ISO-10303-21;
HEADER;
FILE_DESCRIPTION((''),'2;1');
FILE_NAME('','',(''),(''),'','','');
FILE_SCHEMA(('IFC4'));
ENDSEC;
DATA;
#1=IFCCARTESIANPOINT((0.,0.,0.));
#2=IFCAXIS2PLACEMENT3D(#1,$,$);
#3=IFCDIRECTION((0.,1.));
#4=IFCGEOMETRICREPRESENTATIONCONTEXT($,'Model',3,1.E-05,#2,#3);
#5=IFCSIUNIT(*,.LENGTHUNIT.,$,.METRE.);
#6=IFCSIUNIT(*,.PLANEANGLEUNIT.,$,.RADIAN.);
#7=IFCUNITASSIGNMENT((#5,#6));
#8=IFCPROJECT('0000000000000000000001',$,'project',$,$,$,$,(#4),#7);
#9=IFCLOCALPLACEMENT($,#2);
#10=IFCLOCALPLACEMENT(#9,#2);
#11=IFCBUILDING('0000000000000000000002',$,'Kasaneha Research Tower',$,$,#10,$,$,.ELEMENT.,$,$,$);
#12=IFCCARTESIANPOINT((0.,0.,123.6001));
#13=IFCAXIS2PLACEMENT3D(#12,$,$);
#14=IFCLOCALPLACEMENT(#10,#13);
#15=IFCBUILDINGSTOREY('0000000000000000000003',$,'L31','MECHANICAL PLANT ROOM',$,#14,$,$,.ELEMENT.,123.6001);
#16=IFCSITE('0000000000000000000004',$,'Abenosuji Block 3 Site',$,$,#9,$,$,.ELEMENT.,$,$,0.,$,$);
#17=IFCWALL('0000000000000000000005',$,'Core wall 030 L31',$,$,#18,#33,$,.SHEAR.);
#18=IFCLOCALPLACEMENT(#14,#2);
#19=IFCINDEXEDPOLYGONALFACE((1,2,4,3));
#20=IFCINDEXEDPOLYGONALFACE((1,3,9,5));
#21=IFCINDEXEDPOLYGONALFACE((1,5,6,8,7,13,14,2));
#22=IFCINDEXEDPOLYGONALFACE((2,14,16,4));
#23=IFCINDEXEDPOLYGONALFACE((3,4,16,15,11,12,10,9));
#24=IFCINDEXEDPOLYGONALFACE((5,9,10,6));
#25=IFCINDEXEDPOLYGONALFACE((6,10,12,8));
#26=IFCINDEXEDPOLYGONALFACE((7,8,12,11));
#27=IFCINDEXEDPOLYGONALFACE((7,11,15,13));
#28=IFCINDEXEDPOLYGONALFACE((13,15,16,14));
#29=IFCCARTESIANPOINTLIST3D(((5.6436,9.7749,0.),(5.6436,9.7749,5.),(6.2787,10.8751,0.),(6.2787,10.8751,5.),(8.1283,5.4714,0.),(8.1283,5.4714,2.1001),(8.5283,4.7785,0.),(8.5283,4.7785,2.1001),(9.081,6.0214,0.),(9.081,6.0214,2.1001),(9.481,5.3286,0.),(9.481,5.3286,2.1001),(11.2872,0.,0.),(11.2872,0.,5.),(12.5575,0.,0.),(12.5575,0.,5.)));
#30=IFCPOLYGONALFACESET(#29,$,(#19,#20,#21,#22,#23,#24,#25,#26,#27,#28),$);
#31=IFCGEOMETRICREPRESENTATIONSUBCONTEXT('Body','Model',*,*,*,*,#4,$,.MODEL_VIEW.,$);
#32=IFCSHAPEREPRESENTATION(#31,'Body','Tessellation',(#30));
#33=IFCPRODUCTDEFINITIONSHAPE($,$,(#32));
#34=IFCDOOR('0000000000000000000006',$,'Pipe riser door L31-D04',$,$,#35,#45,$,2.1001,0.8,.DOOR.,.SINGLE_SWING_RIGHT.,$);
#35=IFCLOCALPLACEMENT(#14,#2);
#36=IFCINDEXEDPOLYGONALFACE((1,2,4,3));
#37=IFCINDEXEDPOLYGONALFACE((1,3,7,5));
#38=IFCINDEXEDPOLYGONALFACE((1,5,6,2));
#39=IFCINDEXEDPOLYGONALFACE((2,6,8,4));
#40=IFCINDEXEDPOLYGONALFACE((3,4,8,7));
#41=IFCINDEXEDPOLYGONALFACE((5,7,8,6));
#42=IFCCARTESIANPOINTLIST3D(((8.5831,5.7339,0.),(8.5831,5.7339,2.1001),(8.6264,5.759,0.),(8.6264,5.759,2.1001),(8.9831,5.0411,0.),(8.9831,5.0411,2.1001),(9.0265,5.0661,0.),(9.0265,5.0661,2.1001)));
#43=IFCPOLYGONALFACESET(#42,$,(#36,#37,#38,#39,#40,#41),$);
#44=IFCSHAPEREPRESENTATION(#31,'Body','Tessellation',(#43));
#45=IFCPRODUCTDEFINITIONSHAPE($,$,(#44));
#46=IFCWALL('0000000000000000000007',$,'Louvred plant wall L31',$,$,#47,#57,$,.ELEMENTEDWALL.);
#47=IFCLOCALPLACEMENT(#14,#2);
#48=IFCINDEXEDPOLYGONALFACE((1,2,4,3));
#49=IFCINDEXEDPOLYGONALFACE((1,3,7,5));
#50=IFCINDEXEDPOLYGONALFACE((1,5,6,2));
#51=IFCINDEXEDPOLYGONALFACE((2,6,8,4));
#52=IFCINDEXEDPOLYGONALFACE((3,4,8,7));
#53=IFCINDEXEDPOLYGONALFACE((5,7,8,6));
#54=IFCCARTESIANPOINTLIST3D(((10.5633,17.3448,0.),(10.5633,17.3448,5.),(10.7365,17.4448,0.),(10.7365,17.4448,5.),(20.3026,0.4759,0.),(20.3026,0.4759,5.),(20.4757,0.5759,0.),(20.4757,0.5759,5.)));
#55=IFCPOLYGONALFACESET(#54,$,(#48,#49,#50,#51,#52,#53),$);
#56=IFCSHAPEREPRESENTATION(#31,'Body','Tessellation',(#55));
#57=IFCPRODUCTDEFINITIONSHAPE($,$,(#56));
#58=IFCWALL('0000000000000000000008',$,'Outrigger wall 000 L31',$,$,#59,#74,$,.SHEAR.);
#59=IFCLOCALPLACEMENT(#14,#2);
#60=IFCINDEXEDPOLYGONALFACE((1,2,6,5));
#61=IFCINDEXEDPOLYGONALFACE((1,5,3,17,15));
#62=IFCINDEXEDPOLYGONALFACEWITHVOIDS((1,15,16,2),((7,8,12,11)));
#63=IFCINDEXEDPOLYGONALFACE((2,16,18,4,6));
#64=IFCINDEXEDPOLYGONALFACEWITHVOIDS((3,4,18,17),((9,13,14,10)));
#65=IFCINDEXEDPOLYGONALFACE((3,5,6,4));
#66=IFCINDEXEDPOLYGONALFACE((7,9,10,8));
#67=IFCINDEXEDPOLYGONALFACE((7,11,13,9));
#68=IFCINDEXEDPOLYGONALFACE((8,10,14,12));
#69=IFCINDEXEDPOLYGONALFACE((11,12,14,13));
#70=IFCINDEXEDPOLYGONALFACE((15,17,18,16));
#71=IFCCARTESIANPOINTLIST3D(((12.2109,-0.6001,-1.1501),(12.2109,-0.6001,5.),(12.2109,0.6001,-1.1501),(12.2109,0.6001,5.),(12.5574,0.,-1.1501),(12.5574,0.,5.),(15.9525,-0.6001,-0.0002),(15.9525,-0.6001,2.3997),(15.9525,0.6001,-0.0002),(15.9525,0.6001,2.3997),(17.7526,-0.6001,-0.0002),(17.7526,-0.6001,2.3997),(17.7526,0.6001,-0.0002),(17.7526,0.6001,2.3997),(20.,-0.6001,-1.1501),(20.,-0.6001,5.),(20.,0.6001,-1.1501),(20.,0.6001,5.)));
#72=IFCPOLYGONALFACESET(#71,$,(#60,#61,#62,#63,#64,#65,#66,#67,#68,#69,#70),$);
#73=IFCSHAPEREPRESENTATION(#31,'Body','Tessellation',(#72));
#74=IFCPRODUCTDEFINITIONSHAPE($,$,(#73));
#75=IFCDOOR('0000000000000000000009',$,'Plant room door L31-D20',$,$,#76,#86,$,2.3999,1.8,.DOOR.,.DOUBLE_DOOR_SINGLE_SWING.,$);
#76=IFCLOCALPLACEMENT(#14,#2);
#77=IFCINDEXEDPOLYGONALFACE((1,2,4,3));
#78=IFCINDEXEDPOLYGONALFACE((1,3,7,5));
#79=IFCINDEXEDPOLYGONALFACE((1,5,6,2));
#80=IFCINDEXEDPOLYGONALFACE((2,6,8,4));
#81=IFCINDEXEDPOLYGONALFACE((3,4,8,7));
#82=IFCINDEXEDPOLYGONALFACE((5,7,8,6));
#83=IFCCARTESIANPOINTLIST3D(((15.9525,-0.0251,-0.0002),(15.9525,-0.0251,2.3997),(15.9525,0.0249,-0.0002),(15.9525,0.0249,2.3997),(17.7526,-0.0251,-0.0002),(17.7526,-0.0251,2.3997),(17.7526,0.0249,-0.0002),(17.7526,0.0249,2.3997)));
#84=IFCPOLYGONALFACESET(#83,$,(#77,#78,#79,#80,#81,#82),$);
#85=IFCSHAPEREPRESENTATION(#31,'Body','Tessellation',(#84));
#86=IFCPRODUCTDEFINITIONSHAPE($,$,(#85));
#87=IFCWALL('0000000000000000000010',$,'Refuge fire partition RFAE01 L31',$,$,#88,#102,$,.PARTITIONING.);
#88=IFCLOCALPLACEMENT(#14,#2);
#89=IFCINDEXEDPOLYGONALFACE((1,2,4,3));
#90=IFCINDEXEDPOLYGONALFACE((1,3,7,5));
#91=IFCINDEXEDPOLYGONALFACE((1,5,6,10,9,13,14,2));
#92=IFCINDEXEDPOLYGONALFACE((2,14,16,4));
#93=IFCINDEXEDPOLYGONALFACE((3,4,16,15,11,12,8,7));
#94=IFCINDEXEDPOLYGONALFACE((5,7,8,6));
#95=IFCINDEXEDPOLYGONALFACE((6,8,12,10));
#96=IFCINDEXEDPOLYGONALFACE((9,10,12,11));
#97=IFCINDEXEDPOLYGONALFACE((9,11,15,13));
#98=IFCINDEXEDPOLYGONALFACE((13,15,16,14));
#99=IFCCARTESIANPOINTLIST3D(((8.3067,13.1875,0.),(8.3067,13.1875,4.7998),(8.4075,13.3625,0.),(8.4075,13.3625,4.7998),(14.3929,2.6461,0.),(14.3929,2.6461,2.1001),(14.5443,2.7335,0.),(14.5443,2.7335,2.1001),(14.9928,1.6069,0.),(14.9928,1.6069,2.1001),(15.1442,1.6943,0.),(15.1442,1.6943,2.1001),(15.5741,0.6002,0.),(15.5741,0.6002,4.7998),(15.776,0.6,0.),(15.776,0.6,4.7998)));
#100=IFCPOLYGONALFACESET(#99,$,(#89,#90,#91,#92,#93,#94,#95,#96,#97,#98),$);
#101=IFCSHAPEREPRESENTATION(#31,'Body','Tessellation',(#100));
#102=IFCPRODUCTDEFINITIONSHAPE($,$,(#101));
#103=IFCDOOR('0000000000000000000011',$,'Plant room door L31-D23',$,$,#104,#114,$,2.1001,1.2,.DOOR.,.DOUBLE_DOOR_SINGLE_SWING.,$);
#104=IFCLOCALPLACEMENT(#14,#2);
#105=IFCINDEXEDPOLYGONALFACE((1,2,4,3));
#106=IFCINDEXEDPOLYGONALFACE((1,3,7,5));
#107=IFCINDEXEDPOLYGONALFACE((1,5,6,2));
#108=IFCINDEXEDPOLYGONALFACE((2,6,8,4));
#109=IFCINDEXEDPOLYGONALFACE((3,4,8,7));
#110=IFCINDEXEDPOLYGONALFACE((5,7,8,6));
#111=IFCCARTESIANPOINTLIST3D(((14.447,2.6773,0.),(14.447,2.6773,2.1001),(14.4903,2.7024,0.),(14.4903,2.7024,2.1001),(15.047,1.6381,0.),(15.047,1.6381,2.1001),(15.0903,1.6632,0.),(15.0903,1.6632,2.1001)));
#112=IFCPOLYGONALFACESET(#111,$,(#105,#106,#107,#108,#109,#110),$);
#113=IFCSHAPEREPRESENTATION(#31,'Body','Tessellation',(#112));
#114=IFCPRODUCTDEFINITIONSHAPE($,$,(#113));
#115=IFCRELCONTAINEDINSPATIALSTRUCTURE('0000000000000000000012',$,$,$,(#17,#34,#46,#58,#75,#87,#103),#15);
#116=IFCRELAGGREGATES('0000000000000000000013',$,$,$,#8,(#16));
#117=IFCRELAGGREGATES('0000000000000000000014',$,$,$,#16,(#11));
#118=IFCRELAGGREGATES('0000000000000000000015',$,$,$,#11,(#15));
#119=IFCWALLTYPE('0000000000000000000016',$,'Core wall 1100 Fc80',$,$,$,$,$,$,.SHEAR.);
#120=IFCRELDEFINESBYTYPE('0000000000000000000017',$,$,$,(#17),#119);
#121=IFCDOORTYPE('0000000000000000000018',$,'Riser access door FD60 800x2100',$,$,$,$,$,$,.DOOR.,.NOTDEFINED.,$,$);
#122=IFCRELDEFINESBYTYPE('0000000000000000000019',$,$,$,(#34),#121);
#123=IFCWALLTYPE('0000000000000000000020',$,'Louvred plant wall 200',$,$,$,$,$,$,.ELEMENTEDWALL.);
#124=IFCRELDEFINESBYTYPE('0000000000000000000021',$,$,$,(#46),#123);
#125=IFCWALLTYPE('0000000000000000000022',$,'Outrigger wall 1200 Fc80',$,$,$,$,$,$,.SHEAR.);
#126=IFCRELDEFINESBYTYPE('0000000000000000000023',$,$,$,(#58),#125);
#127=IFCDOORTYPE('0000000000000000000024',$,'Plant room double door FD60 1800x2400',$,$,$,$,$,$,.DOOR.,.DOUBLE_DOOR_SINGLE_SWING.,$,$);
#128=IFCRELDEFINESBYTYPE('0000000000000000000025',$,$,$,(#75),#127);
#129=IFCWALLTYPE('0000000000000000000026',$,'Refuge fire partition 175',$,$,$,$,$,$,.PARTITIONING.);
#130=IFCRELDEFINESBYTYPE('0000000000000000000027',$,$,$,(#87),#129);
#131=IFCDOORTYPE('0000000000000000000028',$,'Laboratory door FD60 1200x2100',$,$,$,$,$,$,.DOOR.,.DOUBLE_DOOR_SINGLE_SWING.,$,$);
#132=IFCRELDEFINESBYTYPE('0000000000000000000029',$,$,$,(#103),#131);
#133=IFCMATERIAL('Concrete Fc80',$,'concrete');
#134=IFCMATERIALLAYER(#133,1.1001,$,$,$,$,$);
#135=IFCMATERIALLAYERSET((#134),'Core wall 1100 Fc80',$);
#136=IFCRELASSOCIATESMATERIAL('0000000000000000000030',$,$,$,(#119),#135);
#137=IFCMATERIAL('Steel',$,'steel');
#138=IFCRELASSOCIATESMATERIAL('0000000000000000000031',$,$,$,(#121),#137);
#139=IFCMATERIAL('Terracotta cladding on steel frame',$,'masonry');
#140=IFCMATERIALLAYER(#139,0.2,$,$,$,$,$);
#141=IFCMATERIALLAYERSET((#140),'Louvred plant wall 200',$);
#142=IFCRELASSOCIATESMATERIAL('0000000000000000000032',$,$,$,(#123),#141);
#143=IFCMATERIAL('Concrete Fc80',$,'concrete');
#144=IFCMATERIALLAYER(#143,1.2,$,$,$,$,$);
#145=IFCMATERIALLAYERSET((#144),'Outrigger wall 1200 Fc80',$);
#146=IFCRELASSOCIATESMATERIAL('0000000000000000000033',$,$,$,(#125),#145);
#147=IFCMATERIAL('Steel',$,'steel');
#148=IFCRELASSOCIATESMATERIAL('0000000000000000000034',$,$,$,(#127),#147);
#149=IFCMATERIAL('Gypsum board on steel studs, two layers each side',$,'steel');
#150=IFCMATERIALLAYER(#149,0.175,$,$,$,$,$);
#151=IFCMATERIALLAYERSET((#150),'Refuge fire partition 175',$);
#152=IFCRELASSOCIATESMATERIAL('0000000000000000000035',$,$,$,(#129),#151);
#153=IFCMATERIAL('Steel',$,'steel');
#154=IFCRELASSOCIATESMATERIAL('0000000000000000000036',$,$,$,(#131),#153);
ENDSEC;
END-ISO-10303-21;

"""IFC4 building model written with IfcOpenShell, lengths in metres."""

from ifc_helpers import new_model, si_unit, direction, frame, frame_2d, origin, place, context, subcontext, project, spatial, polyline, rectangle, outline, extrude, material, layer, layer_set, type_object, element, fill, save


model = new_model("IFC4")

# Units and contexts
model_context = context("Model", 3, precision=1e-05, world=origin(), true_north=direction((0.0, 1.0)))
body_context = subcontext(model_context, "Body", "Model", "MODEL_VIEW")
ifc_project = project(units=[si_unit("LENGTHUNIT", "METRE"), si_unit("PLANEANGLEUNIT", "RADIAN")], contexts=[model_context])

# Site, building, storey
site_placement = place(None, origin())
site = spatial("IfcSite", under=ifc_project, at=site_placement, Name="Abenosuji Block 3 Site", CompositionType="ELEMENT", RefElevation=0.0)
building_placement = place(site_placement, origin())
building = spatial("IfcBuilding", under=site, at=building_placement, Name="Kasaneha Research Tower", CompositionType="ELEMENT")
storey_placement = place(building_placement, frame((0.0, 0.0, 123.6001)))
storey = spatial("IfcBuildingStorey", under=building, at=storey_placement, Name="L31", Description="MECHANICAL PLANT ROOM", CompositionType="ELEMENT", Elevation=123.6001)

# Wall, opening, door
ifc_material_1 = material(Name="Concrete Fc80", Category="concrete")
ifc_layer_1 = layer(ifc_material_1, 1.1001)
ifc_layer_set_1 = layer_set([ifc_layer_1], Name="Core wall 1100 Fc80")
wall_type_1 = type_object("IfcWallType", Name="Core wall 1100 Fc80", PredefinedType="SHEAR", material=ifc_layer_set_1)
wall_1_placement = place(storey_placement, frame((11.9224, 0.0, 0.0), z_axis=(0.0, 0.0, 1.0), x_axis=(-0.500004, 0.866023, 0.0)))
wall_1 = element("IfcWall", 1, at=wall_1_placement, inside=storey, type_object=wall_type_1, Name="Core wall 030 L31", PredefinedType="SHEAR", context=body_context, shape_type="SweptSolid", body=[
    extrude(outline(polyline([(-0.3176, -0.55), (5.8354, -0.55), (6.6355, -0.55), (12.24, -0.55), (11.6047, 0.55), (6.6355, 0.55), (5.8354, 0.55), (0.3176, 0.55), (-0.3176, -0.55)])), origin(), (0.0, 0.0, 1.0), 5.0),
])
opening_1_placement = place(wall_1_placement, frame((5.8354, 0.0, 0.0)))
opening_1 = element("IfcOpeningElement", 2, at=opening_1_placement, cuts=wall_1, PredefinedType="OPENING", context=body_context, shape_type="SweptSolid", body=[
    extrude(rectangle(XDim=0.8, YDim=2.1001, at=frame_2d((0.3999, 1.05))), frame((0.0, 0.5601, 0.0), z_axis=(0.0, -1.0, 0.0), x_axis=(1.0, 0.0, 0.0)), (0.0, 0.0, 1.0), 1.1201),
])
ifc_material_2 = material(Name="Steel", Category="steel")
door_type_1 = type_object("IfcDoorType", Name="Riser access door FD60 800x2100", OperationType="NOTDEFINED", PredefinedType="DOOR", material=ifc_material_2)
door_1_placement = place(opening_1_placement, origin())
door_1 = element("IfcDoor", 3, at=door_1_placement, inside=storey, type_object=door_type_1, Name="Pipe riser door L31-D04", OperationType="SINGLE_SWING_RIGHT", OverallHeight=2.1001, OverallWidth=0.8, PredefinedType="DOOR", context=body_context, shape_type="SweptSolid", body=[
    extrude(rectangle(XDim=0.8, YDim=2.1001, at=frame_2d((0.3999, 1.05))), frame((0.0, 0.0249, 0.0), z_axis=(0.0, -1.0, 0.0), x_axis=(1.0, 0.0, 0.0)), (0.0, 0.0, 1.0), 0.05),
])
fill(opening_1, door_1)

# Wall
ifc_material_3 = material(Name="Terracotta cladding on steel frame", Category="masonry")
ifc_layer_2 = layer(ifc_material_3, 0.2)
ifc_layer_set_2 = layer_set([ifc_layer_2], Name="Louvred plant wall 200")
wall_type_2 = type_object("IfcWallType", Name="Louvred plant wall 200", PredefinedType="ELEMENTEDWALL", material=ifc_layer_set_2)
wall_2_placement = place(storey_placement, frame((20.3892, 0.5259, 0.0), z_axis=(0.0, 0.0, 1.0), x_axis=(-0.5, 0.866025, 0.0)))
element("IfcWall", 4, at=wall_2_placement, inside=storey, type_object=wall_type_2, Name="Louvred plant wall L31", PredefinedType="ELEMENTEDWALL", context=body_context, shape_type="SweptSolid", body=[
    extrude(rectangle(XDim=19.4785, YDim=0.2, at=frame_2d((9.7393, 0.0))), origin(), (0.0, 0.0, 1.0), 5.0),
])

# Walls, openings, doors
ifc_material_4 = material(Name="Concrete Fc80", Category="concrete")
ifc_layer_3 = layer(ifc_material_4, 1.2)
ifc_layer_set_3 = layer_set([ifc_layer_3], Name="Outrigger wall 1200 Fc80")
wall_type_3 = type_object("IfcWallType", Name="Outrigger wall 1200 Fc80", PredefinedType="SHEAR", material=ifc_layer_set_3)
wall_3_placement = place(storey_placement, frame((12.5574, 0.0, -1.1501), z_axis=(0.0, 0.0, 1.0), x_axis=(1.0, 0.0, 0.0)))
wall_3 = element("IfcWall", 5, at=wall_3_placement, inside=storey, type_object=wall_type_3, Name="Outrigger wall 000 L31", PredefinedType="SHEAR", context=body_context, shape_type="SweptSolid", body=[
    extrude(outline(polyline([(-0.3464, -0.6001), (3.3953, -0.6001), (5.1953, -0.6001), (7.4426, -0.6001), (7.4426, 0.6001), (5.1953, 0.6001), (3.3953, 0.6001), (-0.3464, 0.6001), (0.0, 0.0), (-0.3464, -0.6001)])), origin(), (0.0, 0.0, 1.0), 6.1501),
])
opening_2_placement = place(wall_3_placement, frame((3.3953, 0.0, 1.1499)))
opening_2 = element("IfcOpeningElement", 6, at=opening_2_placement, cuts=wall_3, PredefinedType="OPENING", context=body_context, shape_type="SweptSolid", body=[
    extrude(rectangle(XDim=1.8, YDim=2.3999, at=frame_2d((0.8999, 1.2))), frame((0.0, 0.6099, 0.0), z_axis=(0.0, -1.0, 0.0), x_axis=(1.0, 0.0, 0.0)), (0.0, 0.0, 1.0), 1.22),
])
ifc_material_5 = material(Name="Steel", Category="steel")
door_type_2 = type_object("IfcDoorType", Name="Plant room double door FD60 1800x2400", OperationType="DOUBLE_DOOR_SINGLE_SWING", PredefinedType="DOOR", material=ifc_material_5)
door_2_placement = place(opening_2_placement, origin())
door_2 = element("IfcDoor", 7, at=door_2_placement, inside=storey, type_object=door_type_2, Name="Plant room door L31-D20", OperationType="DOUBLE_DOOR_SINGLE_SWING", OverallHeight=2.3999, OverallWidth=1.8, PredefinedType="DOOR", context=body_context, shape_type="SweptSolid", body=[
    extrude(rectangle(XDim=1.8, YDim=2.3999, at=frame_2d((0.8999, 1.2))), frame((0.0, 0.0249, 0.0), z_axis=(0.0, -1.0, 0.0), x_axis=(1.0, 0.0, 0.0)), (0.0, 0.0, 1.0), 0.05),
])
fill(opening_2, door_2)
ifc_material_6 = material(Name="Gypsum board on steel studs, two layers each side", Category="steel")
ifc_layer_4 = layer(ifc_material_6, 0.175)
ifc_layer_set_4 = layer_set([ifc_layer_4], Name="Refuge fire partition 175")
wall_type_4 = type_object("IfcWallType", Name="Refuge fire partition 175", PredefinedType="PARTITIONING", material=ifc_layer_set_4)
wall_4_placement = place(storey_placement, frame((15.675, 0.6001, 0.0), z_axis=(0.0, 0.0, 1.0), x_axis=(-0.500004, 0.866023, 0.0)))
wall_4 = element("IfcWall", 8, at=wall_4_placement, inside=storey, type_object=wall_type_4, Name="Refuge fire partition RFAE01 L31", PredefinedType="PARTITIONING", context=body_context, shape_type="SweptSolid", body=[
    extrude(outline(polyline([(-0.0505, -0.0874), (1.2129, -0.0874), (2.4128, -0.0874), (14.6863, -0.0874), (14.5852, 0.0874), (2.4128, 0.0874), (1.2129, 0.0874), (0.0505, 0.0874), (-0.0505, -0.0874)])), origin(), (0.0, 0.0, 1.0), 4.7998),
])
opening_3_placement = place(wall_4_placement, frame((1.2129, 0.0, 0.0)))
opening_3 = element("IfcOpeningElement", 9, at=opening_3_placement, cuts=wall_4, PredefinedType="OPENING", context=body_context, shape_type="SweptSolid", body=[
    extrude(rectangle(XDim=1.2, YDim=2.1001, at=frame_2d((0.6001, 1.05))), frame((0.0, 0.0977, 0.0), z_axis=(0.0, -1.0, 0.0), x_axis=(1.0, 0.0, 0.0)), (0.0, 0.0, 1.0), 0.1951),
])
ifc_material_7 = material(Name="Steel", Category="steel")
door_type_3 = type_object("IfcDoorType", Name="Laboratory door FD60 1200x2100", OperationType="DOUBLE_DOOR_SINGLE_SWING", PredefinedType="DOOR", material=ifc_material_7)
door_3_placement = place(opening_3_placement, origin())
door_3 = element("IfcDoor", 10, at=door_3_placement, inside=storey, type_object=door_type_3, Name="Plant room door L31-D23", OperationType="DOUBLE_DOOR_SINGLE_SWING", OverallHeight=2.1001, OverallWidth=1.2, PredefinedType="DOOR", context=body_context, shape_type="SweptSolid", body=[
    extrude(rectangle(XDim=1.2, YDim=2.1001, at=frame_2d((0.6001, 1.05))), frame((0.0, 0.0249, 0.0), z_axis=(0.0, -1.0, 0.0), x_axis=(1.0, 0.0, 0.0)), (0.0, 0.0, 1.0), 0.05),
])
fill(opening_3, door_3)

save(model, "model.ifc")
